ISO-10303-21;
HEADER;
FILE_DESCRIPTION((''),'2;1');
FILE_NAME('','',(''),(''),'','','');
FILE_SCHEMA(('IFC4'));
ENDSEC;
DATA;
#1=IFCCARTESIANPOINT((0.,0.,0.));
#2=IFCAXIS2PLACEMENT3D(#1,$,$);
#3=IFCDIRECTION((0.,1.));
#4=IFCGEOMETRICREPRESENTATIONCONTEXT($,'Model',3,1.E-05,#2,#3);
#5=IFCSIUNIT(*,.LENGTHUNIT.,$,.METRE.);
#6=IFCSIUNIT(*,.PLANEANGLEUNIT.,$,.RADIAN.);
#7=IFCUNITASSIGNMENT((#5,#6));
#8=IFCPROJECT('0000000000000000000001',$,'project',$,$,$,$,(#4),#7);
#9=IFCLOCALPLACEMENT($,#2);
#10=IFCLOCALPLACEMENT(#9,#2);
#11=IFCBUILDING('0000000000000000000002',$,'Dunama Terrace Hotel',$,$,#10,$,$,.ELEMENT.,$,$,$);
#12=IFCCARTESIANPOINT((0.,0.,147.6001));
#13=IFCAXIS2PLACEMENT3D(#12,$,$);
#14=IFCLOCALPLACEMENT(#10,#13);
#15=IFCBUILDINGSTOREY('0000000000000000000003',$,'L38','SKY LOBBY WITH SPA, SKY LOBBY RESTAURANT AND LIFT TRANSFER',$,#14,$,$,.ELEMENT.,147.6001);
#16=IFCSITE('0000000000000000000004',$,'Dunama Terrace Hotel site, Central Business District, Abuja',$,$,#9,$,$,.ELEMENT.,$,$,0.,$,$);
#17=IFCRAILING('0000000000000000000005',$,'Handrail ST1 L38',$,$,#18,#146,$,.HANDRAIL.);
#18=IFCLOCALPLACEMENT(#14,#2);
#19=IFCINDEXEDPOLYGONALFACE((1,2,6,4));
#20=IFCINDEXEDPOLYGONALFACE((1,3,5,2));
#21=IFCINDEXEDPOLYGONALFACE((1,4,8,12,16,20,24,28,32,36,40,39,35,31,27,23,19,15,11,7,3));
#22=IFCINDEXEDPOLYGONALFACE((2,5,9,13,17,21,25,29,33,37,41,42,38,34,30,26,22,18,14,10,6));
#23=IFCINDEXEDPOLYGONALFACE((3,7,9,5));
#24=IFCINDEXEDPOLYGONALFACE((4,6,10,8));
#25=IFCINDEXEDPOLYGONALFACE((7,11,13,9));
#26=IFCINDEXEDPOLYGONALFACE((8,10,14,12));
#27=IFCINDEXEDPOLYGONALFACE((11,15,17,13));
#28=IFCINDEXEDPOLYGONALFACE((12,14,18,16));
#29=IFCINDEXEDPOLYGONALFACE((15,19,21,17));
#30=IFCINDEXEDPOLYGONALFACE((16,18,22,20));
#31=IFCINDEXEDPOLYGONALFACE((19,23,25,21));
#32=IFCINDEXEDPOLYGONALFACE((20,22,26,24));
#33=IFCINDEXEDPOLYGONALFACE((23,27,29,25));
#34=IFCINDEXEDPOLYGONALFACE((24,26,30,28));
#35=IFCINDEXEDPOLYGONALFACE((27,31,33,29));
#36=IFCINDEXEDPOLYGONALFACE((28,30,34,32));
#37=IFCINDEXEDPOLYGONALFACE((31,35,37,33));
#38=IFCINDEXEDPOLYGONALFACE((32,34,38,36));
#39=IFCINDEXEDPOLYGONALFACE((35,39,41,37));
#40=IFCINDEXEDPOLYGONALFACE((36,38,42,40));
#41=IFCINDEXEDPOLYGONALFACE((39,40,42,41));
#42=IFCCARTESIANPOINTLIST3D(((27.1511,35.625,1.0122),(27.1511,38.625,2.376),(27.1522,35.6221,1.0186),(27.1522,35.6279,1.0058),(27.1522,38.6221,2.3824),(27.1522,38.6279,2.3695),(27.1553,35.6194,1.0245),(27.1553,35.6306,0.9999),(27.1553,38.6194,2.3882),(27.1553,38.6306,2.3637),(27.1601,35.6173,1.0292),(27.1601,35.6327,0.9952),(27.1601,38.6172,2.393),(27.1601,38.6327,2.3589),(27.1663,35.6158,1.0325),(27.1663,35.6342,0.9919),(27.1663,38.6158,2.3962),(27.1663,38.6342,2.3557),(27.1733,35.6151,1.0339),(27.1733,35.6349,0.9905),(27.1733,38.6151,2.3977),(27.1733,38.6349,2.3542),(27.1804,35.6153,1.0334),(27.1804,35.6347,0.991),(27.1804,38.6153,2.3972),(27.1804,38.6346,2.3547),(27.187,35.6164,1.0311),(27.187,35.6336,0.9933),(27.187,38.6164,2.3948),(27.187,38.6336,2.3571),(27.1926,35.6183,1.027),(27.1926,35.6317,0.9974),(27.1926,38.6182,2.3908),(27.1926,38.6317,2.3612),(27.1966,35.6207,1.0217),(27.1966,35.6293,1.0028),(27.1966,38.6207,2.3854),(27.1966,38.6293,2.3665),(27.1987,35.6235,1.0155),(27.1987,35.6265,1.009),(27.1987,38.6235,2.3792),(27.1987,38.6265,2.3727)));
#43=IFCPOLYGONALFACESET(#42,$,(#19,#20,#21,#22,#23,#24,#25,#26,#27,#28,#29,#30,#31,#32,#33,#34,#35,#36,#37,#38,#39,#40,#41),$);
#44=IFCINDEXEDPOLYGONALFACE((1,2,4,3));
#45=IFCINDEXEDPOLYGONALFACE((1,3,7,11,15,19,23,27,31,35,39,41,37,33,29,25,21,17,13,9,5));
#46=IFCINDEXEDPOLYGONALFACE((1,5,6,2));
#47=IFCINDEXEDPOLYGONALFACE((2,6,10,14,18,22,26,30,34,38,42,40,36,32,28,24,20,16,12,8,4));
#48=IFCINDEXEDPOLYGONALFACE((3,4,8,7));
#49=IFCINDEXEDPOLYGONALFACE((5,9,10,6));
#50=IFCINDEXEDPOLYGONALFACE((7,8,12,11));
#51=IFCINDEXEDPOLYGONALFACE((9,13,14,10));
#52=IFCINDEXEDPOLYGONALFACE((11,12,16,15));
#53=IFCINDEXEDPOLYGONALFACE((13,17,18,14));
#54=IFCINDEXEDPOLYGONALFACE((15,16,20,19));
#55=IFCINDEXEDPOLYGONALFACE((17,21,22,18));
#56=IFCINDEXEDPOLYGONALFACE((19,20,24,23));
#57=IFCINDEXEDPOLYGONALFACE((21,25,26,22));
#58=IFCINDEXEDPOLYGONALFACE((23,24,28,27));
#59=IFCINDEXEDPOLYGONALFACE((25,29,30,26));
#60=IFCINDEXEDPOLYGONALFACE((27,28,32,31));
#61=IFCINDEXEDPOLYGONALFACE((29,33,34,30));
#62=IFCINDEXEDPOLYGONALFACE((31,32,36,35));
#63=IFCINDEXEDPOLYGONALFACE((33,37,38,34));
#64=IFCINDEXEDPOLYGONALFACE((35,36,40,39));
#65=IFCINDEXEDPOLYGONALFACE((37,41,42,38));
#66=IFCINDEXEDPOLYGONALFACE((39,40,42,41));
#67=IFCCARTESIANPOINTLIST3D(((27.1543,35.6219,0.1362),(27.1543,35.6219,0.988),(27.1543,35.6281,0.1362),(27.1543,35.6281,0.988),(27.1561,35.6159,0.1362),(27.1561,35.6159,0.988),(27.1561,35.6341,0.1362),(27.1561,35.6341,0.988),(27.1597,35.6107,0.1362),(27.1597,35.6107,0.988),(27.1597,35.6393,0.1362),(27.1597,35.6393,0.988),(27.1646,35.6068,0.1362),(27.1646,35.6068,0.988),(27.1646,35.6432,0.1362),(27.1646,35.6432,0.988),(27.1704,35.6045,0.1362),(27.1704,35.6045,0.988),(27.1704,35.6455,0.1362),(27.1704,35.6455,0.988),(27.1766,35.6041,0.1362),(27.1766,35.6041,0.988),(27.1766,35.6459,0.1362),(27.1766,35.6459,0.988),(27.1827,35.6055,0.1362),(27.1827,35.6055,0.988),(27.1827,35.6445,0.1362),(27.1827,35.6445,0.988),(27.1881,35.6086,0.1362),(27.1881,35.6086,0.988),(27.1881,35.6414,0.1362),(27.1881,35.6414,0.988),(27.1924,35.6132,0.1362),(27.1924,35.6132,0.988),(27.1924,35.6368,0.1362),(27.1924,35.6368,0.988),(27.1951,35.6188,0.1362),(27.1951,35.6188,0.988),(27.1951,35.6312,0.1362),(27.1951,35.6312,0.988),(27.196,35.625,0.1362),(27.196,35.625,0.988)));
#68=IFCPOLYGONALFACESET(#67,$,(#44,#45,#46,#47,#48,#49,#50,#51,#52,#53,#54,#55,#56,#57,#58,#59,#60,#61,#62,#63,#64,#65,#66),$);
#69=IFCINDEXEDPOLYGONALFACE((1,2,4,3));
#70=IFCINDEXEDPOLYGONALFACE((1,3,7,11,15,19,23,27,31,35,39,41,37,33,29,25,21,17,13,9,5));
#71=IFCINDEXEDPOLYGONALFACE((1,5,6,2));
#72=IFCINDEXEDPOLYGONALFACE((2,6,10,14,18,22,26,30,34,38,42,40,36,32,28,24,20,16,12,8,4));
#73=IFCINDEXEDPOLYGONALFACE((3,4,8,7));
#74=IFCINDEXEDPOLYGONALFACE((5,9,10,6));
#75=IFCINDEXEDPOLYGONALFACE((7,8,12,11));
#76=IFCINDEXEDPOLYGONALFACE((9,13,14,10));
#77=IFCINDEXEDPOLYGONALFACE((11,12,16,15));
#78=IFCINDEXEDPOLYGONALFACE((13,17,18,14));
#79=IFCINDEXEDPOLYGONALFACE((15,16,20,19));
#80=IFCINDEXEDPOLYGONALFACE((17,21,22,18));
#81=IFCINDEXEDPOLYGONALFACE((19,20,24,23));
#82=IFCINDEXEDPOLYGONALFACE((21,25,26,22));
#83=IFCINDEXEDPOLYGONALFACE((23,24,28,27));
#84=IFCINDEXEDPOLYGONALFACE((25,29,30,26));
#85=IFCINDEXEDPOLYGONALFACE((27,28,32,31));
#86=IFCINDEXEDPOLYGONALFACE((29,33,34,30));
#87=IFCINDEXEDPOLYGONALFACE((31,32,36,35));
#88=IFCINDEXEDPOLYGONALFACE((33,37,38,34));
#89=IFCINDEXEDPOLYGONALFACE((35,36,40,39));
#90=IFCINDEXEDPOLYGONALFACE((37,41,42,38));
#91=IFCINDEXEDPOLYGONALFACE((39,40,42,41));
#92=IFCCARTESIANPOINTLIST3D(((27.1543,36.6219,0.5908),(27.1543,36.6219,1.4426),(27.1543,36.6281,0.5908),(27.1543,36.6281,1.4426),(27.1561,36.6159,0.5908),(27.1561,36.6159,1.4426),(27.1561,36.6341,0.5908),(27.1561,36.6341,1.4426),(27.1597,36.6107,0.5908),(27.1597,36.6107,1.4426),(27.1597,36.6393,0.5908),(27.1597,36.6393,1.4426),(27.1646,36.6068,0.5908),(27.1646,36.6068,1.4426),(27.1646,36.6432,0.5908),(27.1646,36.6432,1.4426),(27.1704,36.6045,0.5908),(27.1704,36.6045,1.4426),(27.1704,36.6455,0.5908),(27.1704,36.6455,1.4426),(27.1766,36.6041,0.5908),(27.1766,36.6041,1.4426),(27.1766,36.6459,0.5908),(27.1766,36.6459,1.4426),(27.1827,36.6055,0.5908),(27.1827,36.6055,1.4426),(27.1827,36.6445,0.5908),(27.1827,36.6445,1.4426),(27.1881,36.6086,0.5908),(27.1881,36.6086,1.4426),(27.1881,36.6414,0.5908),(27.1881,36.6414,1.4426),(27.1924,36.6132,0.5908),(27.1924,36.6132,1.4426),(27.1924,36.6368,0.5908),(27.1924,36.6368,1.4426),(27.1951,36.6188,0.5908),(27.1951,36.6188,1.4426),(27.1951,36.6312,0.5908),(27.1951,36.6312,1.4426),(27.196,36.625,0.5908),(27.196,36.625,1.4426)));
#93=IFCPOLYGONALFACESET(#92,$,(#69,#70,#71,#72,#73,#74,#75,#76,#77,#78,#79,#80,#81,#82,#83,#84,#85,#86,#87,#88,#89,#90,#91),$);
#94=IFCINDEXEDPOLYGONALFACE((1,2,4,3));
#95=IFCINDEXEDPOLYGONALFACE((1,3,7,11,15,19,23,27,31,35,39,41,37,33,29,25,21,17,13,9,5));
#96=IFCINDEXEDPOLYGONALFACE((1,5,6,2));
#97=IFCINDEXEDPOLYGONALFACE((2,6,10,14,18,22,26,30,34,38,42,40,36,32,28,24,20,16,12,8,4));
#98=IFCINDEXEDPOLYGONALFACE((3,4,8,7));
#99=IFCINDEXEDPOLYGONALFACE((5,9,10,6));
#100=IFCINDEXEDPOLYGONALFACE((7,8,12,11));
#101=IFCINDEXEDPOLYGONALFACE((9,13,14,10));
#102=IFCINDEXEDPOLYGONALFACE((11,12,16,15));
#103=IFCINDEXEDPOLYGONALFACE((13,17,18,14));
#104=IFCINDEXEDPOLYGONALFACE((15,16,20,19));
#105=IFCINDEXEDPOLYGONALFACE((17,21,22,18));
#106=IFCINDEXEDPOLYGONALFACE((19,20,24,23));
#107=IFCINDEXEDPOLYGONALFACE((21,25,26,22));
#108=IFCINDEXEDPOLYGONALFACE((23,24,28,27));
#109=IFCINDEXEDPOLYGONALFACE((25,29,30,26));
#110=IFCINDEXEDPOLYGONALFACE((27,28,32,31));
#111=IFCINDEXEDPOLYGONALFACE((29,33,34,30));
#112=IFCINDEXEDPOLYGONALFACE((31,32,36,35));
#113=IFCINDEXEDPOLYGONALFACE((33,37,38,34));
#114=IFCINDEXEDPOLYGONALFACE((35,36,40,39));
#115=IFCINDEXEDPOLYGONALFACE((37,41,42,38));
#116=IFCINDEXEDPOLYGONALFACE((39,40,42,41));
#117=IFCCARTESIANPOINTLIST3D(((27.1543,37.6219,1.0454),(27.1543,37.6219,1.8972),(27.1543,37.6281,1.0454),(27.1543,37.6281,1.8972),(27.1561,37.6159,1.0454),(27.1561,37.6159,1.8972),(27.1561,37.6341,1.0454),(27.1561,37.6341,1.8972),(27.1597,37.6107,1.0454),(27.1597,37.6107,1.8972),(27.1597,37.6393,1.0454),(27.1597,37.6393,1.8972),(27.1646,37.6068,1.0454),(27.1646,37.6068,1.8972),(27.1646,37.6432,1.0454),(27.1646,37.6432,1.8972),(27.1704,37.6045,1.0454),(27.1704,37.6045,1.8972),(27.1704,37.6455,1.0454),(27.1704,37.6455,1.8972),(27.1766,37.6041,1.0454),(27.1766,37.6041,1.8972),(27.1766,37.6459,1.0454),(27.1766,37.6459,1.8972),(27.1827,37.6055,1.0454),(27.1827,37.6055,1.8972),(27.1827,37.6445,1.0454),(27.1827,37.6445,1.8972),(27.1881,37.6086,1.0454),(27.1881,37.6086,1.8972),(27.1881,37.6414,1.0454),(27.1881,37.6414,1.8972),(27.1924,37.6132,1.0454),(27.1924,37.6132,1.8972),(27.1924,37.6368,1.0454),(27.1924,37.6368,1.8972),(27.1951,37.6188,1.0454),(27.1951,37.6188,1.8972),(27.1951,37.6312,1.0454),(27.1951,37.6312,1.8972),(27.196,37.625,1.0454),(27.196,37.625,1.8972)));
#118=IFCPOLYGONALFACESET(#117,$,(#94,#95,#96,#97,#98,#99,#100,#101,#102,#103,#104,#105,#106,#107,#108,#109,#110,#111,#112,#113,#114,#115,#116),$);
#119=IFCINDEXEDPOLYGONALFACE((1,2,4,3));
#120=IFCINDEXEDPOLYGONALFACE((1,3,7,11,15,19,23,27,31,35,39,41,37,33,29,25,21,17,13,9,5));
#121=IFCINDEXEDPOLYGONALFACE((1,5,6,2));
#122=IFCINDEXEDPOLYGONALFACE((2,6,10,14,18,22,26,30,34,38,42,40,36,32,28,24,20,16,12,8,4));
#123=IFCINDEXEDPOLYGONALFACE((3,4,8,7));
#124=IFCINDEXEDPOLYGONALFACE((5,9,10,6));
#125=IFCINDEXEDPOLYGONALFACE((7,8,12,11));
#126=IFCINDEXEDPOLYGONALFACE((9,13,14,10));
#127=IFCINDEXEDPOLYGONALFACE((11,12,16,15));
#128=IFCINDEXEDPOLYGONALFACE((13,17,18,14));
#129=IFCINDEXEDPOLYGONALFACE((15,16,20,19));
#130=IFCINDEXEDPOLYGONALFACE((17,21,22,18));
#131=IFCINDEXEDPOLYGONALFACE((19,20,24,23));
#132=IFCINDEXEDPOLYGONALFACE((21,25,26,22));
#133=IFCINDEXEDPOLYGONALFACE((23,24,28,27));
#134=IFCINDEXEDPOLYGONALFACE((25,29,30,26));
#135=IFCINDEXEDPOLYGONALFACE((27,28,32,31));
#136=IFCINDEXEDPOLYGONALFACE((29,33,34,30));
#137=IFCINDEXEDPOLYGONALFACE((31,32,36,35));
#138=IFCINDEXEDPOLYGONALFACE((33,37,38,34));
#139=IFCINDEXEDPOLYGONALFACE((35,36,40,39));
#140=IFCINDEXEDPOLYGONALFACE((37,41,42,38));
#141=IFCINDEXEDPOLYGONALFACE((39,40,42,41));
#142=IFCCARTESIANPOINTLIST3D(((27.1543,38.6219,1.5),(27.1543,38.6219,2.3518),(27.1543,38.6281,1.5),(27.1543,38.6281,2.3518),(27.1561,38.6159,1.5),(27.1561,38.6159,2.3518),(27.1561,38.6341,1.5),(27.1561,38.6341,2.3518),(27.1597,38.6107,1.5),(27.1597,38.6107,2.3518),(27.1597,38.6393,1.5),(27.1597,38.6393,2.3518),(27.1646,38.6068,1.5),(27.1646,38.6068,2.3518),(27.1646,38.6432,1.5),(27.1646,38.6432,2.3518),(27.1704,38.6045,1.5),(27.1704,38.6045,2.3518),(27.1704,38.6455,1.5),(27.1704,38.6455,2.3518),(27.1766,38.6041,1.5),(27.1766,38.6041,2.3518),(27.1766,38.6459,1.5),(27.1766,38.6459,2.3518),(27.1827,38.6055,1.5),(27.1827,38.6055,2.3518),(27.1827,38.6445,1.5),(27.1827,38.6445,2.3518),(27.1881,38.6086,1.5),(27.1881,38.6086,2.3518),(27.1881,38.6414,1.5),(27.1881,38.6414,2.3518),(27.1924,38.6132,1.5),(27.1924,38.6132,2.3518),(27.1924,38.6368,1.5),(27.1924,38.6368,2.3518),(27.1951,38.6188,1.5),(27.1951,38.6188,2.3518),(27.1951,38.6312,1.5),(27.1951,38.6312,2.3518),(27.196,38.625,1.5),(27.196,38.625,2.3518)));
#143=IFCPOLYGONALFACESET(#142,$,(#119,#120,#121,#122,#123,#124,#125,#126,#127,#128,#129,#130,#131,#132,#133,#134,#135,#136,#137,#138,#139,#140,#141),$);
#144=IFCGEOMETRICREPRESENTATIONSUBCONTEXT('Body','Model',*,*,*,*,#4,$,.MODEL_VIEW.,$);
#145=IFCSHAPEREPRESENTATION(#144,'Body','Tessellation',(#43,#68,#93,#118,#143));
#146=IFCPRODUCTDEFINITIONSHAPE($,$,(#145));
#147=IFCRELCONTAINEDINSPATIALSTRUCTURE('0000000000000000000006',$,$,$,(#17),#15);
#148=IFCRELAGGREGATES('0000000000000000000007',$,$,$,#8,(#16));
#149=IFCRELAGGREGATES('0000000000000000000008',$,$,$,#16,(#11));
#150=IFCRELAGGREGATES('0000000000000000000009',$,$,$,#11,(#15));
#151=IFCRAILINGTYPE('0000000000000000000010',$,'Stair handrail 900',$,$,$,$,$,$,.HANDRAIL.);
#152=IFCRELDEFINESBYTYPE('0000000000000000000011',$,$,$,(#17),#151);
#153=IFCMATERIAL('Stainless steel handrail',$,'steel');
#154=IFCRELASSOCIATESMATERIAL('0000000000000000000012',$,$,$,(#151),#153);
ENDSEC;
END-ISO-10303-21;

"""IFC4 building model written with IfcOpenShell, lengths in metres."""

from ifc_helpers import new_model, si_unit, direction, frame, origin, origin_2d, place, context, subcontext, project, spatial, circle, extrude, material, type_object, element, save


model = new_model("IFC4")

# Units and contexts
model_context = context("Model", 3, precision=1e-05, world=origin(), true_north=direction((0.0, 1.0)))
body_context = subcontext(model_context, "Body", "Model", "MODEL_VIEW")
ifc_project = project(units=[si_unit("LENGTHUNIT", "METRE"), si_unit("PLANEANGLEUNIT", "RADIAN")], contexts=[model_context])

# Site, building, storey
site_placement = place(None, origin())
site = spatial("IfcSite", under=ifc_project, at=site_placement, Name="Dunama Terrace Hotel site, Central Business District, Abuja", CompositionType="ELEMENT", RefElevation=0.0)
building_placement = place(site_placement, origin())
building = spatial("IfcBuilding", under=site, at=building_placement, Name="Dunama Terrace Hotel", CompositionType="ELEMENT")
storey_placement = place(building_placement, frame((0.0, 0.0, 147.6001)))
storey = spatial("IfcBuildingStorey", under=building, at=storey_placement, Name="L38", Description="SKY LOBBY WITH SPA, SKY LOBBY RESTAURANT AND LIFT TRANSFER", CompositionType="ELEMENT", Elevation=147.6001)

# Railing
ifc_material_1 = material(Name="Stainless steel handrail", Category="steel")
railing_type = type_object("IfcRailingType", Name="Stair handrail 900", PredefinedType="HANDRAIL", material=ifc_material_1)
railing_1_placement = place(storey_placement, frame((27.175, 35.625, 0.1362)))
element("IfcRailing", 1, at=railing_1_placement, inside=storey, type_object=railing_type, Name="Handrail ST1 L38", PredefinedType="HANDRAIL", context=body_context, shape_type="SweptSolid", body=[
    extrude(circle(Radius=0.0239, at=origin_2d()), frame((0.0, 0.0, 0.876), z_axis=(0.0, 0.910351, 0.413836), x_axis=(-1.0, 0.0, 0.0)), (0.0, 0.0, 1.0), 3.2954),
    extrude(circle(Radius=0.021, at=origin_2d()), origin(), (0.0, 0.0, 1.0), 0.8518),
    extrude(circle(Radius=0.021, at=origin_2d()), frame((0.0, 1.0, 0.4546)), (0.0, 0.0, 1.0), 0.8518),
    extrude(circle(Radius=0.021, at=origin_2d()), frame((0.0, 2.0, 0.9092)), (0.0, 0.0, 1.0), 0.8518),
    extrude(circle(Radius=0.021, at=origin_2d()), frame((0.0, 3.0, 1.3638)), (0.0, 0.0, 1.0), 0.8518),
])

save(model, "model.ifc")
